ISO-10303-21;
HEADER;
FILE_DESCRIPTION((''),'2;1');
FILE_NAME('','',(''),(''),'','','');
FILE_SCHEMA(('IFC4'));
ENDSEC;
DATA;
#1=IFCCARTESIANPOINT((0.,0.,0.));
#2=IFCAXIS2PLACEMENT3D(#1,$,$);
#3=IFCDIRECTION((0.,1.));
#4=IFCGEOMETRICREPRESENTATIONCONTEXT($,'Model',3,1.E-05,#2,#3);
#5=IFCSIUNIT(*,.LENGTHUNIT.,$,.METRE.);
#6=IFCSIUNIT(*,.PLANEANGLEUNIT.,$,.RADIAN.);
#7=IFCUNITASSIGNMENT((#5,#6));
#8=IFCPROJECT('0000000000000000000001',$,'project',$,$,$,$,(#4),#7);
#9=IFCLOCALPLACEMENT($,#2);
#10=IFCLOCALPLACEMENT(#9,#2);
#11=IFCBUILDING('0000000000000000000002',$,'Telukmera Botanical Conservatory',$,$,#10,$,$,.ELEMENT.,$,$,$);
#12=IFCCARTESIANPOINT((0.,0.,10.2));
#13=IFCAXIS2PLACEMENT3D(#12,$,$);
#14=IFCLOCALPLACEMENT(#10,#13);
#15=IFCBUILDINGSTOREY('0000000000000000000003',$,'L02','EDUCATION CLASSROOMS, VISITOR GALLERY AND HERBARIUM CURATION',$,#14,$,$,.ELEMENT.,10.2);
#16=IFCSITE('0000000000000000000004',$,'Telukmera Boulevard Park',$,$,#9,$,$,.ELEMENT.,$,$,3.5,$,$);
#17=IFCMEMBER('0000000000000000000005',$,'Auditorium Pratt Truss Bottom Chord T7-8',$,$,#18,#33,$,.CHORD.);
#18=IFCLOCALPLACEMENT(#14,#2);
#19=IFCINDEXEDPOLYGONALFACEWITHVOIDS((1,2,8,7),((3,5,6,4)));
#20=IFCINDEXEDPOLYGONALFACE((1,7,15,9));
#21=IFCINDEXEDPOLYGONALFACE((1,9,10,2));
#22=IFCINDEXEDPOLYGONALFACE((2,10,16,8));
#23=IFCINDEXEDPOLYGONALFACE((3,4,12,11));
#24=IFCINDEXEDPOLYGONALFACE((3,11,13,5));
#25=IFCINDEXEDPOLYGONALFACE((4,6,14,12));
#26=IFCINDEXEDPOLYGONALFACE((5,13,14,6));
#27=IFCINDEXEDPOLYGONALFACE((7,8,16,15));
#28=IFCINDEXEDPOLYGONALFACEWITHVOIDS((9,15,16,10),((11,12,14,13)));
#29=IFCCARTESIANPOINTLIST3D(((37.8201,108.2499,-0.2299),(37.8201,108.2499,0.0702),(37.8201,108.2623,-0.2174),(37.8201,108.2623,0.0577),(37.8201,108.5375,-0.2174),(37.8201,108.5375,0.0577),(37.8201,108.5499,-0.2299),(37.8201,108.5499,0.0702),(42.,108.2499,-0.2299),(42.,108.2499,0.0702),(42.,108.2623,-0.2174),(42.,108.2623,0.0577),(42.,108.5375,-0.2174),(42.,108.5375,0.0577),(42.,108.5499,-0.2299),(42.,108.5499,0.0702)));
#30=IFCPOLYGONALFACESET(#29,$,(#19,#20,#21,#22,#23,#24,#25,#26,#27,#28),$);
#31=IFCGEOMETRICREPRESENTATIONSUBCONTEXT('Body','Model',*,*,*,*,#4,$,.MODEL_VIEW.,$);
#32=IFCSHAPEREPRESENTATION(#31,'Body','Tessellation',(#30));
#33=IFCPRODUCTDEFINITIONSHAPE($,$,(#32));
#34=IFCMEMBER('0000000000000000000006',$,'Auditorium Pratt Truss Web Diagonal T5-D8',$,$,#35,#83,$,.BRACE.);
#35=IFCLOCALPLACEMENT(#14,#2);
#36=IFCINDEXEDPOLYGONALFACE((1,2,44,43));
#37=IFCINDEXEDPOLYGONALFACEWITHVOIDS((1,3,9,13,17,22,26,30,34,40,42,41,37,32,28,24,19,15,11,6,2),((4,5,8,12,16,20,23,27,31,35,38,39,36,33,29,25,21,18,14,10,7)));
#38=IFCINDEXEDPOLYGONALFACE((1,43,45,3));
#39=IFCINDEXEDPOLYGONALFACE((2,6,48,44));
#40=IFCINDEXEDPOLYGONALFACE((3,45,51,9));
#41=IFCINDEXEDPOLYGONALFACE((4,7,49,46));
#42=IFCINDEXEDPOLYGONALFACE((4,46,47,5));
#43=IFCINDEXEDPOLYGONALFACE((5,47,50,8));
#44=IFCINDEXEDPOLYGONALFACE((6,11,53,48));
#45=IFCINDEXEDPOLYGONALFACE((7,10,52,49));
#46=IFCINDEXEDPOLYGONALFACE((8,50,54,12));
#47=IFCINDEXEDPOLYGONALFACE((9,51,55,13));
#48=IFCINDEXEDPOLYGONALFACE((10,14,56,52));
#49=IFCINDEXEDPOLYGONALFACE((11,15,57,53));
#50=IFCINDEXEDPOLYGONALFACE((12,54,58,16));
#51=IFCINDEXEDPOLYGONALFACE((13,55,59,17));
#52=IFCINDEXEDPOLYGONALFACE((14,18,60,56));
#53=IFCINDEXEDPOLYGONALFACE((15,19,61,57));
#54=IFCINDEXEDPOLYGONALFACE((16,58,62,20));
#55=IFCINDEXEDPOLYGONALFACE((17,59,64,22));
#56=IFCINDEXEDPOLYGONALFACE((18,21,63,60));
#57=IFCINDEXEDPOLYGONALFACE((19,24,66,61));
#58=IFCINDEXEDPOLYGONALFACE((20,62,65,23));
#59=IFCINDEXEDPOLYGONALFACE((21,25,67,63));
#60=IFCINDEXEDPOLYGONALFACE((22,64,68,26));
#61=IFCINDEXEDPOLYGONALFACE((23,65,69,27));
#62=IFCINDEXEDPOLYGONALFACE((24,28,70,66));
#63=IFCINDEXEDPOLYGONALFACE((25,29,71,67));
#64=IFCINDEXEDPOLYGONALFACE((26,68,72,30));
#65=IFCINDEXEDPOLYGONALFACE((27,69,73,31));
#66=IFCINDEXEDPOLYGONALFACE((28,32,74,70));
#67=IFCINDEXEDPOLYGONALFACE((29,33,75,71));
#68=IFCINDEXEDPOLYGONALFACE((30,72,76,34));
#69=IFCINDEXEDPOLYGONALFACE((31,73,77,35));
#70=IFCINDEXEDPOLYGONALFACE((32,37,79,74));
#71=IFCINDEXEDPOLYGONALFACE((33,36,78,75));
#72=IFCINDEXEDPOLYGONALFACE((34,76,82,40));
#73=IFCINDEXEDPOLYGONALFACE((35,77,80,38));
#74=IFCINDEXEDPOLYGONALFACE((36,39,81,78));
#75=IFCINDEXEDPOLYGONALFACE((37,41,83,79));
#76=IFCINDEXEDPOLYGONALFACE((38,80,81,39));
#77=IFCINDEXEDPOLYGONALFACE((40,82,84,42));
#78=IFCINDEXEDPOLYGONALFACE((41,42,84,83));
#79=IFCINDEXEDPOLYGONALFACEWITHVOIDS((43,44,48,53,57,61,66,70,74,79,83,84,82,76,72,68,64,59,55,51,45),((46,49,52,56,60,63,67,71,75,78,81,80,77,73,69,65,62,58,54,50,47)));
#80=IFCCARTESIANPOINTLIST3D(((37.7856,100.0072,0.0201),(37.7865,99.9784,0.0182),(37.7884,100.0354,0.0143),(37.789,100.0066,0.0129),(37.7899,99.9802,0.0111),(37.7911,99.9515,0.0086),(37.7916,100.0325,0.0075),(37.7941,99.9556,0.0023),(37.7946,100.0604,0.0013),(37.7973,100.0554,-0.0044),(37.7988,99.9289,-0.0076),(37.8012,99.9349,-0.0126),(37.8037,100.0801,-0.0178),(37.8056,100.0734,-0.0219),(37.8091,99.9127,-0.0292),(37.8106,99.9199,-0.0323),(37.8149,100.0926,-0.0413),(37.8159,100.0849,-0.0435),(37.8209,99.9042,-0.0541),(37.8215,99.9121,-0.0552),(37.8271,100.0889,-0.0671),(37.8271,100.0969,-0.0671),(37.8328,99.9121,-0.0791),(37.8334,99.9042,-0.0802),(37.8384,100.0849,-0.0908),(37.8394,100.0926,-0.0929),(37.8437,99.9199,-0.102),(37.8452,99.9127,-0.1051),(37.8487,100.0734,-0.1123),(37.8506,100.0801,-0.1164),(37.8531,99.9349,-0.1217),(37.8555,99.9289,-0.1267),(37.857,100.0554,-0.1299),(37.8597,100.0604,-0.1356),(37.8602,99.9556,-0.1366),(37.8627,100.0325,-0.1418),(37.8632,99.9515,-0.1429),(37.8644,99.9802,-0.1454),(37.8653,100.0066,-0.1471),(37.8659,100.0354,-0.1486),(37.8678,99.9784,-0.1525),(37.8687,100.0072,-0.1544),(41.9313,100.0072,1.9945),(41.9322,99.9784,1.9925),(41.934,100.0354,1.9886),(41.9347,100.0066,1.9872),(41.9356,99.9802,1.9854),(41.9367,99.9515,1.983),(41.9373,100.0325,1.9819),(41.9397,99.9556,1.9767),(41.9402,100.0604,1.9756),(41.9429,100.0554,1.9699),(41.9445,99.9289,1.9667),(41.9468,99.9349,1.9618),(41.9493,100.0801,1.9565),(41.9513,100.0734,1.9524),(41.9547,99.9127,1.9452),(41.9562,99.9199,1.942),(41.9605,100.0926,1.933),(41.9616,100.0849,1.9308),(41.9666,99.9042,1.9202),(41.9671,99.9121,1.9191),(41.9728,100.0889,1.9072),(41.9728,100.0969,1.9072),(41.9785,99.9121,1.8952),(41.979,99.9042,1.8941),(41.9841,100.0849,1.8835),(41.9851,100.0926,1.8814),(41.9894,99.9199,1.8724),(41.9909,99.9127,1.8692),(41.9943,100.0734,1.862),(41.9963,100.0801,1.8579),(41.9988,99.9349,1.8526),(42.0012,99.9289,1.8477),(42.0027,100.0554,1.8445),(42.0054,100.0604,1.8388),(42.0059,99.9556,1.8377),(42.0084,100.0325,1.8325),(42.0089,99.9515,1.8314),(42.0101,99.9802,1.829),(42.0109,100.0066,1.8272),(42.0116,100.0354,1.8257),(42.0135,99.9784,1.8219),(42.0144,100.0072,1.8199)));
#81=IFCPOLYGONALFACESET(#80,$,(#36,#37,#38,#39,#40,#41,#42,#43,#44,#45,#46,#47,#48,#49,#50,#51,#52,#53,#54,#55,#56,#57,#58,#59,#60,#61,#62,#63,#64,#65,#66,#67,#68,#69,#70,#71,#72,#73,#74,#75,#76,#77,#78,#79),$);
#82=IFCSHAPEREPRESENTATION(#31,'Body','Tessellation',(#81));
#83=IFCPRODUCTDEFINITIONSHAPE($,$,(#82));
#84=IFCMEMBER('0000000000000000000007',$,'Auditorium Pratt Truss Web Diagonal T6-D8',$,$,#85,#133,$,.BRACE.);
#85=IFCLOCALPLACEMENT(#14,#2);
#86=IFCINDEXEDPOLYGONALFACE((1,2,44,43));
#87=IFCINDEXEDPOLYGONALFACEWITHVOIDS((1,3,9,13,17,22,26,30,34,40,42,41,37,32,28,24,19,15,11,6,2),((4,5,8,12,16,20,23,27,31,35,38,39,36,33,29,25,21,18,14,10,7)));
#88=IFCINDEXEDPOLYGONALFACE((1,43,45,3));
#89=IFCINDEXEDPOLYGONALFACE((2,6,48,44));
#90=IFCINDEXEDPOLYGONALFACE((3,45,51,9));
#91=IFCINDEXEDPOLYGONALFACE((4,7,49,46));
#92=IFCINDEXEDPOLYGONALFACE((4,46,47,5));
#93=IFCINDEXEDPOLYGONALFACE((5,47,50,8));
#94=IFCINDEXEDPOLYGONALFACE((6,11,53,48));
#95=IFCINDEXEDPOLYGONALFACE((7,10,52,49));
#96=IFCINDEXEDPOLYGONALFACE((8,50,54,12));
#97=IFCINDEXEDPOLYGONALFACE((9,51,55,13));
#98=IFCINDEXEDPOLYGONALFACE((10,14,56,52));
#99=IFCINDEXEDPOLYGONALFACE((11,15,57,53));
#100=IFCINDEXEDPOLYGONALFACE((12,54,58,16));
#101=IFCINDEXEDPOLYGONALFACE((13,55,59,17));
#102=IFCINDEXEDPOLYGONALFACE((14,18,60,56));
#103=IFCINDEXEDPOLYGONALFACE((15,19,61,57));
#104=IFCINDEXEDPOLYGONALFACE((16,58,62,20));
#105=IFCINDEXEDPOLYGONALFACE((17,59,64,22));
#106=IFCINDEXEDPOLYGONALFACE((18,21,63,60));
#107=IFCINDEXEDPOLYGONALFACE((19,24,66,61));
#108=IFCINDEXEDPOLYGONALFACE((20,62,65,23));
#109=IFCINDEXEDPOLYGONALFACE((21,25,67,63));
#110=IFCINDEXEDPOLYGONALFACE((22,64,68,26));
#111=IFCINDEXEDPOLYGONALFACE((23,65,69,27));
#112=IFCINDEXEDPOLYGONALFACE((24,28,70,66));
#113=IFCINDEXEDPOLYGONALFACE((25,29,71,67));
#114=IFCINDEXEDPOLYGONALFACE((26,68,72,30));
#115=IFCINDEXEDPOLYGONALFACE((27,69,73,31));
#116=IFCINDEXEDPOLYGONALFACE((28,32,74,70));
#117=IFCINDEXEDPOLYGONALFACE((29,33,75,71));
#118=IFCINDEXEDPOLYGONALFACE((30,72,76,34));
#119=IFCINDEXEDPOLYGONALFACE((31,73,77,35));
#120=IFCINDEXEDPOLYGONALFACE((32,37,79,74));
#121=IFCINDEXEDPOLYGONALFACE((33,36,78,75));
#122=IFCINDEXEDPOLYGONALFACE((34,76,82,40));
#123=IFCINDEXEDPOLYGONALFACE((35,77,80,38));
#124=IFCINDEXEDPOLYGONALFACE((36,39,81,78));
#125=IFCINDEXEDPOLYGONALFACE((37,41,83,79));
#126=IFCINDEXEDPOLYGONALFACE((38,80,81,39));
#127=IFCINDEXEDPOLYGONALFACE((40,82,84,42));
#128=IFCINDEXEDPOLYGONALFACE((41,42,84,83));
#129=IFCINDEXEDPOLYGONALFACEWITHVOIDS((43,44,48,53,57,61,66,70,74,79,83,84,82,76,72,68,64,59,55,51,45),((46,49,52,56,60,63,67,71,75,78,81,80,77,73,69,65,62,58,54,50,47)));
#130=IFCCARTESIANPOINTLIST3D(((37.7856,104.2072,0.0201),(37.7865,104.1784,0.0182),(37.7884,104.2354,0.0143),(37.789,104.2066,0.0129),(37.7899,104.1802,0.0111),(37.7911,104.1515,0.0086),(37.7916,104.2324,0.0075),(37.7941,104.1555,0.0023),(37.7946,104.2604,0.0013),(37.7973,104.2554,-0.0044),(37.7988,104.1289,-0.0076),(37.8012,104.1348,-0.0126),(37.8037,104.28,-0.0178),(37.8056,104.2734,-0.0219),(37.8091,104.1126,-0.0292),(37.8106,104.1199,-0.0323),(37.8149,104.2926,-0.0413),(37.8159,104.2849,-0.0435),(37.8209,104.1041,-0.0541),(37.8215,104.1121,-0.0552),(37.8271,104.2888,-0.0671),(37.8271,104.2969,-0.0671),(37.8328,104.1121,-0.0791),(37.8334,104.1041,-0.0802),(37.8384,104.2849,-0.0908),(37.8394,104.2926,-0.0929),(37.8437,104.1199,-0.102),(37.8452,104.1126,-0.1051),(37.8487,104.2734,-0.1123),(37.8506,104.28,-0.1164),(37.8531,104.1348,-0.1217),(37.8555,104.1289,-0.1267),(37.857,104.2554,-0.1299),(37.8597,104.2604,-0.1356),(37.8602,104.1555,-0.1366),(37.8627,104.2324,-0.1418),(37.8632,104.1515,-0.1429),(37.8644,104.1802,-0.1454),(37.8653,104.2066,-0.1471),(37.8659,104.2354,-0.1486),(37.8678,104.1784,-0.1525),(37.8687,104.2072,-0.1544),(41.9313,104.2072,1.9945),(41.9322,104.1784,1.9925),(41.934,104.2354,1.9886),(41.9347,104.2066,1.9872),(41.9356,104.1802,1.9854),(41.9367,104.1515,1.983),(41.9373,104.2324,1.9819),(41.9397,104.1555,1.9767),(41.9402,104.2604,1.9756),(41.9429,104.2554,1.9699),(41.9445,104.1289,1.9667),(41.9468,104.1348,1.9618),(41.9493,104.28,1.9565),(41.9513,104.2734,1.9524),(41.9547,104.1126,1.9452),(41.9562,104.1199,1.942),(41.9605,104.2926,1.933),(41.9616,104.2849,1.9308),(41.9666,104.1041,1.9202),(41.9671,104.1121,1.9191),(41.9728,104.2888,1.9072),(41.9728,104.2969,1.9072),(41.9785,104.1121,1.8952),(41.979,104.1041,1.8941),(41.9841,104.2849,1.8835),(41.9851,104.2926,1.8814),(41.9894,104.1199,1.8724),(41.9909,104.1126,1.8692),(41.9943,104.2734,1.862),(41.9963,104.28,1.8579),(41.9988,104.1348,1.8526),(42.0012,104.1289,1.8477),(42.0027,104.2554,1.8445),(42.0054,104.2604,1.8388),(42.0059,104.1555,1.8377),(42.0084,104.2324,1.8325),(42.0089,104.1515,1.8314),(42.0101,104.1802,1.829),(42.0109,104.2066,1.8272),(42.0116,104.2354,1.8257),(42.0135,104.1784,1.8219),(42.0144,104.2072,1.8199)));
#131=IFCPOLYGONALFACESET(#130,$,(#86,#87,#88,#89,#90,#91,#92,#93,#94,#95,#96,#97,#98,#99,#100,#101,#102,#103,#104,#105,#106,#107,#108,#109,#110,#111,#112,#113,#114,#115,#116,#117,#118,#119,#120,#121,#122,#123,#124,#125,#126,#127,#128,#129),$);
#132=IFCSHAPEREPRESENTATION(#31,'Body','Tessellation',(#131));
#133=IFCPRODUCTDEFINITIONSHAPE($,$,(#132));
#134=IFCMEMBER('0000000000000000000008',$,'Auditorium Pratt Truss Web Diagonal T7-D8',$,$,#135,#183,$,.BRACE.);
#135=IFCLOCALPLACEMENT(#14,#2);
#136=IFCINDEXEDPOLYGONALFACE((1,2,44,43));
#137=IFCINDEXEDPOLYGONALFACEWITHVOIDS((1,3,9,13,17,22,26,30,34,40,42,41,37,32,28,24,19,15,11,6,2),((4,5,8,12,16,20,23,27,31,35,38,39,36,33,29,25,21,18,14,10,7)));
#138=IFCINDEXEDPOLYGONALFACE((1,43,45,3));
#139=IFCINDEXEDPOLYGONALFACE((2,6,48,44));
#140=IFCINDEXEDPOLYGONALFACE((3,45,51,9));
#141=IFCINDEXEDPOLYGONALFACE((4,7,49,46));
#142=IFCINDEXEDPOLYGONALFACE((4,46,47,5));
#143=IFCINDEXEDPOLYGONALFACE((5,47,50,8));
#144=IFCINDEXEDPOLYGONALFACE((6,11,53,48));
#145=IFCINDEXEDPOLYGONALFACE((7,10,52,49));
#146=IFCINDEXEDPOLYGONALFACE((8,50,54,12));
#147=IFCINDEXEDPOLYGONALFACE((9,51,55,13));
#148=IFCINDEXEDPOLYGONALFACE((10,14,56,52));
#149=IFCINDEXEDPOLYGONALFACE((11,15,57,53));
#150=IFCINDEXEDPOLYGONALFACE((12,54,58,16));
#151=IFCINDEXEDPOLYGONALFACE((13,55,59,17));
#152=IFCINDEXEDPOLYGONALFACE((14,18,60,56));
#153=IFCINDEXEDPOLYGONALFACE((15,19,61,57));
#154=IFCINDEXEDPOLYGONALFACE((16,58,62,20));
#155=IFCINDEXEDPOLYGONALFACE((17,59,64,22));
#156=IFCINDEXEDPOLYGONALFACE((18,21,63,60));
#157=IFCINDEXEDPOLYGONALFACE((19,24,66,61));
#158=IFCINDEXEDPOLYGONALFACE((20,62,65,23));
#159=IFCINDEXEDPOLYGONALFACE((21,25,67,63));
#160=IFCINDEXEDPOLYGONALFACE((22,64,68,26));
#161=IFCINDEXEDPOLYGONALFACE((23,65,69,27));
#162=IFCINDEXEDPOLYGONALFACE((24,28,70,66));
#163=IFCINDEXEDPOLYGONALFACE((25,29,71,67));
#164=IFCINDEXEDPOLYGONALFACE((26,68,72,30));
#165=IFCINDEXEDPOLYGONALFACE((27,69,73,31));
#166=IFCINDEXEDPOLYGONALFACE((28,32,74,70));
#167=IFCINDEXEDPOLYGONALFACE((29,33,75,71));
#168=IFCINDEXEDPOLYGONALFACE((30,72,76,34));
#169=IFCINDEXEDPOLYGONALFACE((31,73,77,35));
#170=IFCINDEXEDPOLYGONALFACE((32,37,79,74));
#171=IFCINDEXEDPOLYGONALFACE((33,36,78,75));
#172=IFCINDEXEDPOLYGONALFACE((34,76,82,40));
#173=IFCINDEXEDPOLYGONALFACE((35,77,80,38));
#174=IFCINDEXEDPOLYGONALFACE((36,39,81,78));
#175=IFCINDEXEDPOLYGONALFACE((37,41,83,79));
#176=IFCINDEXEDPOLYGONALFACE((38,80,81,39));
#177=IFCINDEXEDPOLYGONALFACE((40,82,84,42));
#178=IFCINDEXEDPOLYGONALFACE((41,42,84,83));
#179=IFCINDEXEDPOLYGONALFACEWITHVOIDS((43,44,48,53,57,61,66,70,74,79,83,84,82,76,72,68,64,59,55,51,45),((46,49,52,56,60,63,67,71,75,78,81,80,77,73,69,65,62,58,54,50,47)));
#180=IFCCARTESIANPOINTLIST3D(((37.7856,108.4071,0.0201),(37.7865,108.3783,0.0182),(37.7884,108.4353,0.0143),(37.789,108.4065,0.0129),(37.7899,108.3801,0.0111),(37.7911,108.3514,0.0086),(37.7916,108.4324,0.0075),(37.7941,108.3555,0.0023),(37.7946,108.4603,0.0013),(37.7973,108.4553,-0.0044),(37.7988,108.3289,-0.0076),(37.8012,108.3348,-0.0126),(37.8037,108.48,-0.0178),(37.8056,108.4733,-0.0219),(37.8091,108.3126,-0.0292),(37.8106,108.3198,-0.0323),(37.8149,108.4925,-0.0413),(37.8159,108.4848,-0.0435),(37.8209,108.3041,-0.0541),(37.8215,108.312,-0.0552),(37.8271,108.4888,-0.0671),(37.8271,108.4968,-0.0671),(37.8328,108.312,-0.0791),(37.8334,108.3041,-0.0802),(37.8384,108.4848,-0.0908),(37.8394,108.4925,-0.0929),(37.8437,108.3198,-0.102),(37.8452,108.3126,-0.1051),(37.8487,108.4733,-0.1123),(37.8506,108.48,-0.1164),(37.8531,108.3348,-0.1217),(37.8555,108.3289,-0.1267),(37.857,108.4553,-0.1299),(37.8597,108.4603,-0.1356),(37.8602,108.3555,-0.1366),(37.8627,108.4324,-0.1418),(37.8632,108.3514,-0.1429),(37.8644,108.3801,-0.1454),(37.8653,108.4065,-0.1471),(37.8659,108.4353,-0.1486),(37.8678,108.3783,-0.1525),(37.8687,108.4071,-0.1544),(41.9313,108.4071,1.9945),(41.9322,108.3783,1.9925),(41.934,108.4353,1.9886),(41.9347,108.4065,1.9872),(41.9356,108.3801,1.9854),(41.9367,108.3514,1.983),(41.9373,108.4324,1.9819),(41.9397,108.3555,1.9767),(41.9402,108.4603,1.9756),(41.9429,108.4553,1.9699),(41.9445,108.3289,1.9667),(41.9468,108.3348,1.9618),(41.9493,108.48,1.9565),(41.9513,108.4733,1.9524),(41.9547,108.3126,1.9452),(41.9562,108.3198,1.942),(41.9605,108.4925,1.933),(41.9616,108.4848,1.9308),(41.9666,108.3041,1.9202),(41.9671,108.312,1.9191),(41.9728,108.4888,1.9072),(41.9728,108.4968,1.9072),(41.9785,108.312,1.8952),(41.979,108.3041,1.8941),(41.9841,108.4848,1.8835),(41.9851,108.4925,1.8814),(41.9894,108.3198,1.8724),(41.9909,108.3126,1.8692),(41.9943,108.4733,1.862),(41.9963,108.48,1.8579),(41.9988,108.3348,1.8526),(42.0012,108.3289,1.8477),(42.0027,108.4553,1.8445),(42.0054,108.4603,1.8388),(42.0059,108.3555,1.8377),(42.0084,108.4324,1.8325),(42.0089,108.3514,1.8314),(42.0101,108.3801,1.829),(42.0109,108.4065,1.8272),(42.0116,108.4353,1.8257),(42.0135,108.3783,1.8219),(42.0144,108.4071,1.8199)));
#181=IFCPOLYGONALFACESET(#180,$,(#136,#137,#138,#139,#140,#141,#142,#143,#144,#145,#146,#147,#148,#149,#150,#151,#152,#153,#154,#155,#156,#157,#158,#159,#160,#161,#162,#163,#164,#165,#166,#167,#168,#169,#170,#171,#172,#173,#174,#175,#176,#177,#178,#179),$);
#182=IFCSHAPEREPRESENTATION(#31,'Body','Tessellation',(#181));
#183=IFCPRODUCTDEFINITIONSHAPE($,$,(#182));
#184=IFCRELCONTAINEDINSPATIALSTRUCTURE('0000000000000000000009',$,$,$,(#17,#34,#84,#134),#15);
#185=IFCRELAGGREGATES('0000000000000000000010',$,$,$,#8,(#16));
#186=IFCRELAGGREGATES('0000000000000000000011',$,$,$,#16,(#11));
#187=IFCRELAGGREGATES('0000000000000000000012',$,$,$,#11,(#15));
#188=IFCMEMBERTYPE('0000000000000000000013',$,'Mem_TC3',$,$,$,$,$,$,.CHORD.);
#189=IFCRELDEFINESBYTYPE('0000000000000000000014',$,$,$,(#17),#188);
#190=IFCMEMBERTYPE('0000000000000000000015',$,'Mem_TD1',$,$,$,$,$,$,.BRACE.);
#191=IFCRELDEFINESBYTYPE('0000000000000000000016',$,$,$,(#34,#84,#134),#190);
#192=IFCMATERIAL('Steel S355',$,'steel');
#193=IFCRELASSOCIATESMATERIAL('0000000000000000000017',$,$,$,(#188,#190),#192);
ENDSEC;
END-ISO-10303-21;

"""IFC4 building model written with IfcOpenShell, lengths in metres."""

from ifc_helpers import new_model, si_unit, direction, frame, origin, origin_2d, place, context, subcontext, project, spatial, hollow_rectangle, hollow_circle, extrude, material, material_profile, profile_set, type_object, element, save


model = new_model("IFC4")

# Units and contexts
model_context = context("Model", 3, precision=1e-05, world=origin(), true_north=direction((0.0, 1.0)))
body_context = subcontext(model_context, "Body", "Model", "MODEL_VIEW")
ifc_project = project(units=[si_unit("LENGTHUNIT", "METRE"), si_unit("PLANEANGLEUNIT", "RADIAN")], contexts=[model_context])

# Site, building, storey
site_placement = place(None, origin())
site = spatial("IfcSite", under=ifc_project, at=site_placement, Name="Telukmera Boulevard Park", CompositionType="ELEMENT", RefElevation=3.5)
building_placement = place(site_placement, origin())
building = spatial("IfcBuilding", under=site, at=building_placement, Name="Telukmera Botanical Conservatory", CompositionType="ELEMENT")
storey_placement = place(building_placement, frame((0.0, 0.0, 10.2)))
storey = spatial("IfcBuildingStorey", under=building, at=storey_placement, Name="L02", Description="EDUCATION CLASSROOMS, VISITOR GALLERY AND HERBARIUM CURATION", CompositionType="ELEMENT", Elevation=10.2)

# Members
ifc_material_1 = material(Name="Steel S355", Category="steel")
ifc_material_profile_1 = material_profile(ifc_material_1, hollow_rectangle(XDim=0.3, YDim=0.3, WallThickness=0.0125, at=origin_2d()), Name="SHS 300x300x12.5")
ifc_profile_set_1 = profile_set([ifc_material_profile_1], Name="Steel S355")
member_type_1 = type_object("IfcMemberType", Name="Mem_TC3", PredefinedType="CHORD", material=ifc_profile_set_1)
for number, where, z_axis, x_axis, name in (
    (1, (37.8201, 108.3999, -0.0798), (1.0, 0.0, 0.0), (0.0, 1.0, 0.0), "Auditorium Pratt Truss Bottom Chord T7-8"),
):
    element("IfcMember", number, at=place(storey_placement, frame(where, z_axis=z_axis, x_axis=x_axis)), inside=storey, type_object=member_type_1, Name=name, PredefinedType="CHORD", context=body_context, shape_type="SweptSolid", body=[
        extrude(hollow_rectangle(XDim=0.3, YDim=0.3, WallThickness=0.0125, at=origin_2d()), origin(), (0.0, 0.0, 1.0), 4.1799),
    ])
ifc_material_profile_2 = material_profile(ifc_material_1, hollow_circle(Radius=0.0969, WallThickness=0.0081, at=origin_2d()), Name="CHS 193.7x8.0")
ifc_profile_set_2 = profile_set([ifc_material_profile_2], Name="Steel S355")
member_type_2 = type_object("IfcMemberType", Name="Mem_TD1", PredefinedType="BRACE", material=ifc_profile_set_2)
for number, where, z_axis, x_axis, name in (
    (2, (37.8271, 100.0, -0.0671), (0.902844, 0.0, 0.429969), (0.0, 1.0, 0.0), "Auditorium Pratt Truss Web Diagonal T5-D8"),
    (3, (37.8271, 104.2, -0.0671), (0.902844, 0.0, 0.429969), (0.0, 1.0, 0.0), "Auditorium Pratt Truss Web Diagonal T6-D8"),
    (4, (37.8271, 108.3999, -0.0671), (0.902844, 0.0, 0.429969), (0.0, 1.0, 0.0), "Auditorium Pratt Truss Web Diagonal T7-D8"),
):
    element("IfcMember", number, at=place(storey_placement, frame(where, z_axis=z_axis, x_axis=x_axis)), inside=storey, type_object=member_type_2, Name=name, PredefinedType="BRACE", context=body_context, shape_type="SweptSolid", body=[
        extrude(hollow_circle(Radius=0.0969, WallThickness=0.0081, at=origin_2d()), origin(), (0.0, 0.0, 1.0), 4.5918),
    ])

save(model, "model.ifc")
